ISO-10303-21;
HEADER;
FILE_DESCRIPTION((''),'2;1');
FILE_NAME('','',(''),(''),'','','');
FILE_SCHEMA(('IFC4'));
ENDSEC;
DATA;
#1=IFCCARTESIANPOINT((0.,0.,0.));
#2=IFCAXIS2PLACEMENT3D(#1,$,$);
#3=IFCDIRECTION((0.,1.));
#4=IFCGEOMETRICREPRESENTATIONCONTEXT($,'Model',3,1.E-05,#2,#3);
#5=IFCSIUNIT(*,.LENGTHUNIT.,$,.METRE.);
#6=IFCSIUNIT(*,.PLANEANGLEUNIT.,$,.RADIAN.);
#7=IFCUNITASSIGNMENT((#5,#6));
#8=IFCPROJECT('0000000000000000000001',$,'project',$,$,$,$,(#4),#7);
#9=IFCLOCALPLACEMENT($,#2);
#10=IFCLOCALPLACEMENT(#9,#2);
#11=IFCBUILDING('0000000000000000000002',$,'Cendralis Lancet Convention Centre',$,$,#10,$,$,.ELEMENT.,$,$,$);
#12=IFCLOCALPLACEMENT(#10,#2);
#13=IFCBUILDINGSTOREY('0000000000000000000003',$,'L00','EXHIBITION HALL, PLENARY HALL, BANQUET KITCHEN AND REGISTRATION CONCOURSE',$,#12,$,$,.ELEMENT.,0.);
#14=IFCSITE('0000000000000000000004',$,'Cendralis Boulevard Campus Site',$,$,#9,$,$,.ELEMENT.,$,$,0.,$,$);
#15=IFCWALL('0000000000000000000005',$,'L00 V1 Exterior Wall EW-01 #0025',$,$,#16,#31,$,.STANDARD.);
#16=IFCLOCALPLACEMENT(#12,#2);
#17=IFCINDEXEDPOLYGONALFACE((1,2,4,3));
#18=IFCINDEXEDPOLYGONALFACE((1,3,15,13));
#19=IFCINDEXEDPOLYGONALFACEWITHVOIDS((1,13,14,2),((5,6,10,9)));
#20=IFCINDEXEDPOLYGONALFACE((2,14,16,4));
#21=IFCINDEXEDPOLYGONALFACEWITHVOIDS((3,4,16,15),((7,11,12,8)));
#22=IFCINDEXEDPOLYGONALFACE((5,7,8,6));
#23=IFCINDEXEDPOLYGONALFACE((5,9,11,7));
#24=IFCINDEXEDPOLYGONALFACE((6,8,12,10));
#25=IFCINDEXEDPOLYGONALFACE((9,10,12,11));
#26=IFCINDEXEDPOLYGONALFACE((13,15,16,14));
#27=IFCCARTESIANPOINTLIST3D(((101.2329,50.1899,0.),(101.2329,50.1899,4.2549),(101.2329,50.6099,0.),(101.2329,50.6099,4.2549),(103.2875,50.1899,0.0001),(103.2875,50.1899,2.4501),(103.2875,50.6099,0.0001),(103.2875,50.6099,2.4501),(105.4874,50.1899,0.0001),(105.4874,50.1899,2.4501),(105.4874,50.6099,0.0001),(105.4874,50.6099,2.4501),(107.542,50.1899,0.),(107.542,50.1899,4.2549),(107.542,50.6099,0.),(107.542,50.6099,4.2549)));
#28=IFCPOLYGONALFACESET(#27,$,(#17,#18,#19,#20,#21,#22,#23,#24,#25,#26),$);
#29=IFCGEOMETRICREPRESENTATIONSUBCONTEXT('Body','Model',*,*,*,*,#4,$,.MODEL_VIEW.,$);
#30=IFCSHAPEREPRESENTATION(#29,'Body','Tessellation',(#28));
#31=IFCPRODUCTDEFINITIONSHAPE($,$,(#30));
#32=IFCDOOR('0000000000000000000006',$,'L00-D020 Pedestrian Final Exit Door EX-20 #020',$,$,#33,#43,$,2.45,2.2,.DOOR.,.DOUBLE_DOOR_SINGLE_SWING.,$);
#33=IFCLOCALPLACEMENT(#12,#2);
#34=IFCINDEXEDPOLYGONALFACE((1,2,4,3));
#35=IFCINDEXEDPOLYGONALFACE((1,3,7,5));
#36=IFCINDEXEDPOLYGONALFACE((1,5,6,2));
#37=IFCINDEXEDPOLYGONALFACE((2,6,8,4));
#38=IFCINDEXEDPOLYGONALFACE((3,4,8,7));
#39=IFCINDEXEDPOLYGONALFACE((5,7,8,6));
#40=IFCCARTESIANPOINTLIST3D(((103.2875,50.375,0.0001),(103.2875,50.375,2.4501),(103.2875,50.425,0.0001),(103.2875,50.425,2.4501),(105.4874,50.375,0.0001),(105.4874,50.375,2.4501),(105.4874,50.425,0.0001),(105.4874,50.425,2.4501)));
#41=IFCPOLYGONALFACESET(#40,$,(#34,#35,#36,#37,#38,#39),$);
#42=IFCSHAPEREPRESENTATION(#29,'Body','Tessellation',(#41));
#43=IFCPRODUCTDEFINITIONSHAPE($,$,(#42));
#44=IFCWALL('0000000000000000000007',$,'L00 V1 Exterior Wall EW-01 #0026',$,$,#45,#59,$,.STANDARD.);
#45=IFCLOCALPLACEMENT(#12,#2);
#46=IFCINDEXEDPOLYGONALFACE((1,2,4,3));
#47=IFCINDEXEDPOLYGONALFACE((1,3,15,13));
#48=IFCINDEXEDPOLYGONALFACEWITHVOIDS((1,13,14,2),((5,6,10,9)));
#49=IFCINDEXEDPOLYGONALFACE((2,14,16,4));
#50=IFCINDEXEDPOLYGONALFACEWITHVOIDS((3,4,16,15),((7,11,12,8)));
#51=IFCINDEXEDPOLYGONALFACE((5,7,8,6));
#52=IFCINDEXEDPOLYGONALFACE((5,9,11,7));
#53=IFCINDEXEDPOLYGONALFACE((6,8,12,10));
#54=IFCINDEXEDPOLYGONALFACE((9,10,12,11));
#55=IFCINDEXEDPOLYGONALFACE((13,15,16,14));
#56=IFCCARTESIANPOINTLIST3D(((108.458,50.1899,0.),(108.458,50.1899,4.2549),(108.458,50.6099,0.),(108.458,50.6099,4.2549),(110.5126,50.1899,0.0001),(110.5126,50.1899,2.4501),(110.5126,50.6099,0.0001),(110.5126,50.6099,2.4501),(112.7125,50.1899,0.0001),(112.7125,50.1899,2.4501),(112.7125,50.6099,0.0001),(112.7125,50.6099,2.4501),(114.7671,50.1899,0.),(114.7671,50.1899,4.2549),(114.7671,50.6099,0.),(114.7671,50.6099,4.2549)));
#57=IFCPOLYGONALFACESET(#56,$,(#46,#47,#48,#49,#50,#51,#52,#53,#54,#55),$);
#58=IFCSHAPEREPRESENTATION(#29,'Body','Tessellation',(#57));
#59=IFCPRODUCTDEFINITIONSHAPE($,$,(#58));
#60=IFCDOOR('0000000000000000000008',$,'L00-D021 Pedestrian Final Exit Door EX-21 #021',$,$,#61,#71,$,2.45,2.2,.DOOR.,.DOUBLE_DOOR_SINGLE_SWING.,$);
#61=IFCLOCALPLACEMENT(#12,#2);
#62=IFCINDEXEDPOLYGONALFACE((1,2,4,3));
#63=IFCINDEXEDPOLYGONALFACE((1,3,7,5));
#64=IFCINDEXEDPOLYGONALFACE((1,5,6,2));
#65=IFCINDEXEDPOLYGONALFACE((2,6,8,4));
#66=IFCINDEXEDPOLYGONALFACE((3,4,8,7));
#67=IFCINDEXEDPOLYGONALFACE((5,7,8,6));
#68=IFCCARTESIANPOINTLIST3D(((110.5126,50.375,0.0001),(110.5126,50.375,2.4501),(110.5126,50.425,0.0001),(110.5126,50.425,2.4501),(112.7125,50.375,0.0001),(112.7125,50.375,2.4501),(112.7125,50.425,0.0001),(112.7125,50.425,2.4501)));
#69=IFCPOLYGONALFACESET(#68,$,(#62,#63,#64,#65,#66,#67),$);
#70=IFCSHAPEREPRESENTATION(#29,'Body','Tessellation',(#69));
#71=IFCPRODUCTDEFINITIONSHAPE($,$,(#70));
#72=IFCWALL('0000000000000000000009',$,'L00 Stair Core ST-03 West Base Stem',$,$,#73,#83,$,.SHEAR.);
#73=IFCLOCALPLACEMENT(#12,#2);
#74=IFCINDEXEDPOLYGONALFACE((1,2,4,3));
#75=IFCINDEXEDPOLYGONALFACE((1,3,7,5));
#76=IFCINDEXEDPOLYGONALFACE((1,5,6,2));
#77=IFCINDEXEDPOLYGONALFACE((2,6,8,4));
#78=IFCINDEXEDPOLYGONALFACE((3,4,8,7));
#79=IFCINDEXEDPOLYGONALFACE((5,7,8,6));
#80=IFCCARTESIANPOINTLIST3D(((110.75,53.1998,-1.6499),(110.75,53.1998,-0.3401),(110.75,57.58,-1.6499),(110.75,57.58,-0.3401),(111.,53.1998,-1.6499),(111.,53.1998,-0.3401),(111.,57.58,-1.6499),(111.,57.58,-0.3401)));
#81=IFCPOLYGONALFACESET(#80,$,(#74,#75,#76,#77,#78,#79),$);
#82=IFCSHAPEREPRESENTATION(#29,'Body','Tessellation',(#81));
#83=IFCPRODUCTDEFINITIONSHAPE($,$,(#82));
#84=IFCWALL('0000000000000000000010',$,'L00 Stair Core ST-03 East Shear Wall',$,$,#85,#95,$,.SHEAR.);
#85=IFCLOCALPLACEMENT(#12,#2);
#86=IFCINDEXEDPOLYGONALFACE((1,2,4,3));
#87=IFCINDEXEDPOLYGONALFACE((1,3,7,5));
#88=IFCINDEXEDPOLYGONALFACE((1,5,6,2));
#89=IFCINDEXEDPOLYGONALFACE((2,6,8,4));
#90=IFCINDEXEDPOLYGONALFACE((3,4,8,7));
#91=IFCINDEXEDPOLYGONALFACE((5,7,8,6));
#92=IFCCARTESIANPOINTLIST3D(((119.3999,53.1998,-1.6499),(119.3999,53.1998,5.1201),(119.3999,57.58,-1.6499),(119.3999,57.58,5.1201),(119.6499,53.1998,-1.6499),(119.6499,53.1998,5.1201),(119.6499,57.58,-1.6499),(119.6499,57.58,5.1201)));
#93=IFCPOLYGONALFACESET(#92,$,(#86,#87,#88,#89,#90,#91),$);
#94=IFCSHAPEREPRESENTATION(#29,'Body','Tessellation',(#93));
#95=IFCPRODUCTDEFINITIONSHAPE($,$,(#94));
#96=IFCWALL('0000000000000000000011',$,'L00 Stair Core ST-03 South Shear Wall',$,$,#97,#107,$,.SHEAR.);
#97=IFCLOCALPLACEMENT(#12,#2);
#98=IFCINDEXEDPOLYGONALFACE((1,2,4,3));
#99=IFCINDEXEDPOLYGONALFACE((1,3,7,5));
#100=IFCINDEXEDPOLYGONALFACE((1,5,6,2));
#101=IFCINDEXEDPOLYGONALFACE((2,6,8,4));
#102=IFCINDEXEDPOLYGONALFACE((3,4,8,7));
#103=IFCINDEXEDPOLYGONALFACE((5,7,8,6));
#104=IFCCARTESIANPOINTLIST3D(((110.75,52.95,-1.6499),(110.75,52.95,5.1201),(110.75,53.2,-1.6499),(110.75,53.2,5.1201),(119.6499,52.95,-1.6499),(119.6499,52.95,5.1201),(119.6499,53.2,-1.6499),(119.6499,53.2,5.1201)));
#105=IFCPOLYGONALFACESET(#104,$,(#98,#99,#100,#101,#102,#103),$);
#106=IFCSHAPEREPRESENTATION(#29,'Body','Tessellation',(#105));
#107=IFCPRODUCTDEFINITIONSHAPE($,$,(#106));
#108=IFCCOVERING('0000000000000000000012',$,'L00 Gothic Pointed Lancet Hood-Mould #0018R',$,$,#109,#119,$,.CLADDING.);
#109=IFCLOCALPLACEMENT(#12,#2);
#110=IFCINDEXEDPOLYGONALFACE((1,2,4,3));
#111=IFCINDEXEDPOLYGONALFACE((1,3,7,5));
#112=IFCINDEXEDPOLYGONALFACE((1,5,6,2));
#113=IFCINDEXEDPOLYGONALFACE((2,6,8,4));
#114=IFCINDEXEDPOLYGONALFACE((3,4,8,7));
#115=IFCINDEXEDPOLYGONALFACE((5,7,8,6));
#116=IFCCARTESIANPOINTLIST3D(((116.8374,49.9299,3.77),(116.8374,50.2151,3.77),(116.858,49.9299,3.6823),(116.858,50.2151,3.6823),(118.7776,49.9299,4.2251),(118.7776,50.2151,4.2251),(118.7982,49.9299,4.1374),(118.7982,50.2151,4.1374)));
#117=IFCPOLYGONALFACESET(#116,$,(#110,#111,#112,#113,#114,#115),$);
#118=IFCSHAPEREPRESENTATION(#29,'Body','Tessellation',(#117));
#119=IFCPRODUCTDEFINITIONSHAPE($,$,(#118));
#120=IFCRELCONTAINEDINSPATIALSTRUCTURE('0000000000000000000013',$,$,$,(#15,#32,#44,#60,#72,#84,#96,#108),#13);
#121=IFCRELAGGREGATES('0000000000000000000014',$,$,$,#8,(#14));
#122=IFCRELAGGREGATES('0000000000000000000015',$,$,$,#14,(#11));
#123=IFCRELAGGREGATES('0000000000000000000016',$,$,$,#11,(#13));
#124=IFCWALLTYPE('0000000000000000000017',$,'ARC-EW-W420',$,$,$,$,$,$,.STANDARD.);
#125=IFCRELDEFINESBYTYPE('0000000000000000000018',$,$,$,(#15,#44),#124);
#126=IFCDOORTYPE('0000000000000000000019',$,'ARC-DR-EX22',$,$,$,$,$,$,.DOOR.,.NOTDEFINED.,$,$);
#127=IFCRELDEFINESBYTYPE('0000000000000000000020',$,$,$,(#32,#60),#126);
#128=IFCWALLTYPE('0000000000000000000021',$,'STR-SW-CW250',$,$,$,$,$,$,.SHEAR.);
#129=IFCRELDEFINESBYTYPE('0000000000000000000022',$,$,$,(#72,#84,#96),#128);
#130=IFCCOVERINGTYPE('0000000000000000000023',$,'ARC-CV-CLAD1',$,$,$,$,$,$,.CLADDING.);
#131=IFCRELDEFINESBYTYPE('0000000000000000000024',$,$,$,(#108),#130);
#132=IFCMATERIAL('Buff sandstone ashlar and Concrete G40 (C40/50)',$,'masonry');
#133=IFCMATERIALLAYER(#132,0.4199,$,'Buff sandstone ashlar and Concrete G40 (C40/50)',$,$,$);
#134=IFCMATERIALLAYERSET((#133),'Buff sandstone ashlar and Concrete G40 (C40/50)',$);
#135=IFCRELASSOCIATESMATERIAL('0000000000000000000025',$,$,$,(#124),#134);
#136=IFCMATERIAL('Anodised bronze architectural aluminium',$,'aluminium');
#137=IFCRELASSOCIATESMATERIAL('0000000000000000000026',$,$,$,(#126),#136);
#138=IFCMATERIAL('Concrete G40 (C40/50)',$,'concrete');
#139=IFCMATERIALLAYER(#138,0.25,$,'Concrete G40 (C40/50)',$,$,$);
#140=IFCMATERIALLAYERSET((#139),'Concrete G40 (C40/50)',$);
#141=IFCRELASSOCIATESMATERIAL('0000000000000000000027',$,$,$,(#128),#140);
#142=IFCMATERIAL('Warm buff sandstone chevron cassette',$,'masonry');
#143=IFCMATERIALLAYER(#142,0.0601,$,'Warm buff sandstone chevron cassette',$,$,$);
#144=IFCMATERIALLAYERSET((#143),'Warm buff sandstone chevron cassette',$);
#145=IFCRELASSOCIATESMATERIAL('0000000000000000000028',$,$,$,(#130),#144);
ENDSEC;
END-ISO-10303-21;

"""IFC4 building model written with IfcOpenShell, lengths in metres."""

from ifc_helpers import new_model, si_unit, direction, frame, frame_2d, origin, place, context, subcontext, project, spatial, polyline, rectangle, outline, extrude, material, layer, layer_set, type_object, element, fill, save


model = new_model("IFC4")

# Units and contexts
model_context = context("Model", 3, precision=1e-05, world=origin(), true_north=direction((0.0, 1.0)))
body_context = subcontext(model_context, "Body", "Model", "MODEL_VIEW")
ifc_project = project(units=[si_unit("LENGTHUNIT", "METRE"), si_unit("PLANEANGLEUNIT", "RADIAN")], contexts=[model_context])

# Site, building, storey
site_placement = place(None, origin())
site = spatial("IfcSite", under=ifc_project, at=site_placement, Name="Cendralis Boulevard Campus Site", CompositionType="ELEMENT", RefElevation=0.0)
building_placement = place(site_placement, origin())
building = spatial("IfcBuilding", under=site, at=building_placement, Name="Cendralis Lancet Convention Centre", CompositionType="ELEMENT")
storey_placement = place(building_placement, origin())
storey = spatial("IfcBuildingStorey", under=building, at=storey_placement, Name="L00", Description="EXHIBITION HALL, PLENARY HALL, BANQUET KITCHEN AND REGISTRATION CONCOURSE", CompositionType="ELEMENT", Elevation=0.0)

# Shared definitions
ifc_material_1 = material(Name="Concrete G40 (C40/50)", Category="concrete")

# Shared definitions
ifc_material_2 = material(Name="Anodised bronze architectural aluminium", Category="aluminium")

# Walls, openings, doors
ifc_material_3 = material(Name="Buff sandstone ashlar and Concrete G40 (C40/50)", Category="masonry")
ifc_layer_1 = layer(ifc_material_3, 0.4199, Name="Buff sandstone ashlar and Concrete G40 (C40/50)")
ifc_layer_set_1 = layer_set([ifc_layer_1], Name="Buff sandstone ashlar and Concrete G40 (C40/50)")
wall_type_1 = type_object("IfcWallType", Name="ARC-EW-W420", PredefinedType="STANDARD", material=ifc_layer_set_1)
wall_1_placement = place(storey_placement, frame((107.542, 50.3999, 0.0), z_axis=(0.0, 0.0, 1.0), x_axis=(-1.0, 0.0, 0.0)))
wall_1 = element("IfcWall", 1, at=wall_1_placement, inside=storey, type_object=wall_type_1, Name="L00 V1 Exterior Wall EW-01 #0025", PredefinedType="STANDARD", context=body_context, shape_type="SweptSolid", body=[
    extrude(rectangle(XDim=6.3091, YDim=0.4199, at=frame_2d((3.1545, 0.0))), origin(), (0.0, 0.0, 1.0), 4.2549),
])
opening_1_placement = place(wall_1_placement, frame((2.0544, 0.0, 0.0)))
opening_1 = element("IfcOpeningElement", 2, at=opening_1_placement, cuts=wall_1, PredefinedType="OPENING", context=body_context, shape_type="SweptSolid", body=[
    extrude(rectangle(XDim=2.2, YDim=2.45, at=frame_2d((1.1001, 1.2251))), frame((0.0, 0.22, 0.0), z_axis=(0.0, -1.0, 0.0), x_axis=(1.0, 0.0, 0.0)), (0.0, 0.0, 1.0), 0.4399),
])
door_type_1 = type_object("IfcDoorType", Name="ARC-DR-EX22", OperationType="NOTDEFINED", PredefinedType="DOOR", material=ifc_material_2)
door_1_placement = place(opening_1_placement, origin())
door_1 = element("IfcDoor", 3, at=door_1_placement, inside=storey, type_object=door_type_1, Name="L00-D020 Pedestrian Final Exit Door EX-20 #020", OperationType="DOUBLE_DOOR_SINGLE_SWING", OverallHeight=2.45, OverallWidth=2.2, PredefinedType="DOOR", context=body_context, shape_type="SweptSolid", body=[
    extrude(rectangle(XDim=2.2, YDim=2.45, at=frame_2d((1.1001, 1.2251))), frame((0.0, 0.0249, 0.0), z_axis=(0.0, -1.0, 0.0), x_axis=(1.0, 0.0, 0.0)), (0.0, 0.0, 1.0), 0.05),
])
fill(opening_1, door_1)
wall_2_placement = place(storey_placement, frame((114.7671, 50.3999, 0.0), z_axis=(0.0, 0.0, 1.0), x_axis=(-1.0, 0.0, 0.0)))
wall_2 = element("IfcWall", 4, at=wall_2_placement, inside=storey, type_object=wall_type_1, Name="L00 V1 Exterior Wall EW-01 #0026", PredefinedType="STANDARD", context=body_context, shape_type="SweptSolid", body=[
    extrude(rectangle(XDim=6.3091, YDim=0.4199, at=frame_2d((3.1545, 0.0))), origin(), (0.0, 0.0, 1.0), 4.2549),
])
opening_2_placement = place(wall_2_placement, frame((2.0544, 0.0, 0.0)))
opening_2 = element("IfcOpeningElement", 5, at=opening_2_placement, cuts=wall_2, PredefinedType="OPENING", context=body_context, shape_type="SweptSolid", body=[
    extrude(rectangle(XDim=2.2, YDim=2.45, at=frame_2d((1.1001, 1.2251))), frame((0.0, 0.22, 0.0), z_axis=(0.0, -1.0, 0.0), x_axis=(1.0, 0.0, 0.0)), (0.0, 0.0, 1.0), 0.4399),
])
door_2_placement = place(opening_2_placement, origin())
door_2 = element("IfcDoor", 6, at=door_2_placement, inside=storey, type_object=door_type_1, Name="L00-D021 Pedestrian Final Exit Door EX-21 #021", OperationType="DOUBLE_DOOR_SINGLE_SWING", OverallHeight=2.45, OverallWidth=2.2, PredefinedType="DOOR", context=body_context, shape_type="SweptSolid", body=[
    extrude(rectangle(XDim=2.2, YDim=2.45, at=frame_2d((1.1001, 1.2251))), frame((0.0, 0.0249, 0.0), z_axis=(0.0, -1.0, 0.0), x_axis=(1.0, 0.0, 0.0)), (0.0, 0.0, 1.0), 0.05),
])
fill(opening_2, door_2)

# Wall
ifc_layer_2 = layer(ifc_material_1, 0.25, Name="Concrete G40 (C40/50)")
ifc_layer_set_2 = layer_set([ifc_layer_2], Name="Concrete G40 (C40/50)")
wall_type_2 = type_object("IfcWallType", Name="STR-SW-CW250", PredefinedType="SHEAR", material=ifc_layer_set_2)
wall_3_placement = place(storey_placement, frame((110.875, 53.2, -1.6499), z_axis=(0.0, 0.0, 1.0), x_axis=(0.0, 1.0, 0.0)))
element("IfcWall", 7, at=wall_3_placement, inside=storey, type_object=wall_type_2, Name="L00 Stair Core ST-03 West Base Stem", PredefinedType="SHEAR", context=body_context, shape_type="SweptSolid", body=[
    extrude(rectangle(XDim=4.3801, YDim=0.25, at=frame_2d((2.1899, 0.0))), origin(), (0.0, 0.0, 1.0), 1.3098),
])

# Walls
wall_4_placement = place(storey_placement, frame((119.5249, 53.2, -1.6499), z_axis=(0.0, 0.0, 1.0), x_axis=(0.0, 1.0, 0.0)))
element("IfcWall", 8, at=wall_4_placement, inside=storey, type_object=wall_type_2, Name="L00 Stair Core ST-03 East Shear Wall", PredefinedType="SHEAR", context=body_context, shape_type="SweptSolid", body=[
    extrude(rectangle(XDim=4.3801, YDim=0.25, at=frame_2d((2.1899, 0.0))), origin(), (0.0, 0.0, 1.0), 6.77),
])
wall_5_placement = place(storey_placement, frame((110.75, 53.075, -1.6499), z_axis=(0.0, 0.0, 1.0), x_axis=(1.0, 0.0, 0.0)))
element("IfcWall", 9, at=wall_5_placement, inside=storey, type_object=wall_type_2, Name="L00 Stair Core ST-03 South Shear Wall", PredefinedType="SHEAR", context=body_context, shape_type="SweptSolid", body=[
    extrude(rectangle(XDim=8.8999, YDim=0.25, at=frame_2d((4.45, 0.0))), origin(), (0.0, 0.0, 1.0), 6.77),
])

# Covering
ifc_material_4 = material(Name="Warm buff sandstone chevron cassette", Category="masonry")
ifc_layer_3 = layer(ifc_material_4, 0.0601, Name="Warm buff sandstone chevron cassette")
ifc_layer_set_3 = layer_set([ifc_layer_3], Name="Warm buff sandstone chevron cassette")
covering_type = type_object("IfcCoveringType", Name="ARC-CV-CLAD1", PredefinedType="CLADDING", material=ifc_layer_set_3)
covering_placement = place(storey_placement, frame((118.7776, 49.9299, 4.2251), z_axis=(-0.228356, 0.0, 0.973578), x_axis=(0.0, 1.0, 0.0)))
element("IfcCovering", 10, at=covering_placement, inside=storey, type_object=covering_type, Name="L00 Gothic Pointed Lancet Hood-Mould #0018R", PredefinedType="CLADDING", context=body_context, shape_type="SweptSolid", body=[
    extrude(outline(polyline([(0.0, 0.0), (0.2852, 0.0), (0.2852, 1.9928), (0.0, 1.9928), (0.0, 0.0)])), origin(), (0.0, 0.0, -1.0), 0.0901),
])

save(model, "model.ifc")
